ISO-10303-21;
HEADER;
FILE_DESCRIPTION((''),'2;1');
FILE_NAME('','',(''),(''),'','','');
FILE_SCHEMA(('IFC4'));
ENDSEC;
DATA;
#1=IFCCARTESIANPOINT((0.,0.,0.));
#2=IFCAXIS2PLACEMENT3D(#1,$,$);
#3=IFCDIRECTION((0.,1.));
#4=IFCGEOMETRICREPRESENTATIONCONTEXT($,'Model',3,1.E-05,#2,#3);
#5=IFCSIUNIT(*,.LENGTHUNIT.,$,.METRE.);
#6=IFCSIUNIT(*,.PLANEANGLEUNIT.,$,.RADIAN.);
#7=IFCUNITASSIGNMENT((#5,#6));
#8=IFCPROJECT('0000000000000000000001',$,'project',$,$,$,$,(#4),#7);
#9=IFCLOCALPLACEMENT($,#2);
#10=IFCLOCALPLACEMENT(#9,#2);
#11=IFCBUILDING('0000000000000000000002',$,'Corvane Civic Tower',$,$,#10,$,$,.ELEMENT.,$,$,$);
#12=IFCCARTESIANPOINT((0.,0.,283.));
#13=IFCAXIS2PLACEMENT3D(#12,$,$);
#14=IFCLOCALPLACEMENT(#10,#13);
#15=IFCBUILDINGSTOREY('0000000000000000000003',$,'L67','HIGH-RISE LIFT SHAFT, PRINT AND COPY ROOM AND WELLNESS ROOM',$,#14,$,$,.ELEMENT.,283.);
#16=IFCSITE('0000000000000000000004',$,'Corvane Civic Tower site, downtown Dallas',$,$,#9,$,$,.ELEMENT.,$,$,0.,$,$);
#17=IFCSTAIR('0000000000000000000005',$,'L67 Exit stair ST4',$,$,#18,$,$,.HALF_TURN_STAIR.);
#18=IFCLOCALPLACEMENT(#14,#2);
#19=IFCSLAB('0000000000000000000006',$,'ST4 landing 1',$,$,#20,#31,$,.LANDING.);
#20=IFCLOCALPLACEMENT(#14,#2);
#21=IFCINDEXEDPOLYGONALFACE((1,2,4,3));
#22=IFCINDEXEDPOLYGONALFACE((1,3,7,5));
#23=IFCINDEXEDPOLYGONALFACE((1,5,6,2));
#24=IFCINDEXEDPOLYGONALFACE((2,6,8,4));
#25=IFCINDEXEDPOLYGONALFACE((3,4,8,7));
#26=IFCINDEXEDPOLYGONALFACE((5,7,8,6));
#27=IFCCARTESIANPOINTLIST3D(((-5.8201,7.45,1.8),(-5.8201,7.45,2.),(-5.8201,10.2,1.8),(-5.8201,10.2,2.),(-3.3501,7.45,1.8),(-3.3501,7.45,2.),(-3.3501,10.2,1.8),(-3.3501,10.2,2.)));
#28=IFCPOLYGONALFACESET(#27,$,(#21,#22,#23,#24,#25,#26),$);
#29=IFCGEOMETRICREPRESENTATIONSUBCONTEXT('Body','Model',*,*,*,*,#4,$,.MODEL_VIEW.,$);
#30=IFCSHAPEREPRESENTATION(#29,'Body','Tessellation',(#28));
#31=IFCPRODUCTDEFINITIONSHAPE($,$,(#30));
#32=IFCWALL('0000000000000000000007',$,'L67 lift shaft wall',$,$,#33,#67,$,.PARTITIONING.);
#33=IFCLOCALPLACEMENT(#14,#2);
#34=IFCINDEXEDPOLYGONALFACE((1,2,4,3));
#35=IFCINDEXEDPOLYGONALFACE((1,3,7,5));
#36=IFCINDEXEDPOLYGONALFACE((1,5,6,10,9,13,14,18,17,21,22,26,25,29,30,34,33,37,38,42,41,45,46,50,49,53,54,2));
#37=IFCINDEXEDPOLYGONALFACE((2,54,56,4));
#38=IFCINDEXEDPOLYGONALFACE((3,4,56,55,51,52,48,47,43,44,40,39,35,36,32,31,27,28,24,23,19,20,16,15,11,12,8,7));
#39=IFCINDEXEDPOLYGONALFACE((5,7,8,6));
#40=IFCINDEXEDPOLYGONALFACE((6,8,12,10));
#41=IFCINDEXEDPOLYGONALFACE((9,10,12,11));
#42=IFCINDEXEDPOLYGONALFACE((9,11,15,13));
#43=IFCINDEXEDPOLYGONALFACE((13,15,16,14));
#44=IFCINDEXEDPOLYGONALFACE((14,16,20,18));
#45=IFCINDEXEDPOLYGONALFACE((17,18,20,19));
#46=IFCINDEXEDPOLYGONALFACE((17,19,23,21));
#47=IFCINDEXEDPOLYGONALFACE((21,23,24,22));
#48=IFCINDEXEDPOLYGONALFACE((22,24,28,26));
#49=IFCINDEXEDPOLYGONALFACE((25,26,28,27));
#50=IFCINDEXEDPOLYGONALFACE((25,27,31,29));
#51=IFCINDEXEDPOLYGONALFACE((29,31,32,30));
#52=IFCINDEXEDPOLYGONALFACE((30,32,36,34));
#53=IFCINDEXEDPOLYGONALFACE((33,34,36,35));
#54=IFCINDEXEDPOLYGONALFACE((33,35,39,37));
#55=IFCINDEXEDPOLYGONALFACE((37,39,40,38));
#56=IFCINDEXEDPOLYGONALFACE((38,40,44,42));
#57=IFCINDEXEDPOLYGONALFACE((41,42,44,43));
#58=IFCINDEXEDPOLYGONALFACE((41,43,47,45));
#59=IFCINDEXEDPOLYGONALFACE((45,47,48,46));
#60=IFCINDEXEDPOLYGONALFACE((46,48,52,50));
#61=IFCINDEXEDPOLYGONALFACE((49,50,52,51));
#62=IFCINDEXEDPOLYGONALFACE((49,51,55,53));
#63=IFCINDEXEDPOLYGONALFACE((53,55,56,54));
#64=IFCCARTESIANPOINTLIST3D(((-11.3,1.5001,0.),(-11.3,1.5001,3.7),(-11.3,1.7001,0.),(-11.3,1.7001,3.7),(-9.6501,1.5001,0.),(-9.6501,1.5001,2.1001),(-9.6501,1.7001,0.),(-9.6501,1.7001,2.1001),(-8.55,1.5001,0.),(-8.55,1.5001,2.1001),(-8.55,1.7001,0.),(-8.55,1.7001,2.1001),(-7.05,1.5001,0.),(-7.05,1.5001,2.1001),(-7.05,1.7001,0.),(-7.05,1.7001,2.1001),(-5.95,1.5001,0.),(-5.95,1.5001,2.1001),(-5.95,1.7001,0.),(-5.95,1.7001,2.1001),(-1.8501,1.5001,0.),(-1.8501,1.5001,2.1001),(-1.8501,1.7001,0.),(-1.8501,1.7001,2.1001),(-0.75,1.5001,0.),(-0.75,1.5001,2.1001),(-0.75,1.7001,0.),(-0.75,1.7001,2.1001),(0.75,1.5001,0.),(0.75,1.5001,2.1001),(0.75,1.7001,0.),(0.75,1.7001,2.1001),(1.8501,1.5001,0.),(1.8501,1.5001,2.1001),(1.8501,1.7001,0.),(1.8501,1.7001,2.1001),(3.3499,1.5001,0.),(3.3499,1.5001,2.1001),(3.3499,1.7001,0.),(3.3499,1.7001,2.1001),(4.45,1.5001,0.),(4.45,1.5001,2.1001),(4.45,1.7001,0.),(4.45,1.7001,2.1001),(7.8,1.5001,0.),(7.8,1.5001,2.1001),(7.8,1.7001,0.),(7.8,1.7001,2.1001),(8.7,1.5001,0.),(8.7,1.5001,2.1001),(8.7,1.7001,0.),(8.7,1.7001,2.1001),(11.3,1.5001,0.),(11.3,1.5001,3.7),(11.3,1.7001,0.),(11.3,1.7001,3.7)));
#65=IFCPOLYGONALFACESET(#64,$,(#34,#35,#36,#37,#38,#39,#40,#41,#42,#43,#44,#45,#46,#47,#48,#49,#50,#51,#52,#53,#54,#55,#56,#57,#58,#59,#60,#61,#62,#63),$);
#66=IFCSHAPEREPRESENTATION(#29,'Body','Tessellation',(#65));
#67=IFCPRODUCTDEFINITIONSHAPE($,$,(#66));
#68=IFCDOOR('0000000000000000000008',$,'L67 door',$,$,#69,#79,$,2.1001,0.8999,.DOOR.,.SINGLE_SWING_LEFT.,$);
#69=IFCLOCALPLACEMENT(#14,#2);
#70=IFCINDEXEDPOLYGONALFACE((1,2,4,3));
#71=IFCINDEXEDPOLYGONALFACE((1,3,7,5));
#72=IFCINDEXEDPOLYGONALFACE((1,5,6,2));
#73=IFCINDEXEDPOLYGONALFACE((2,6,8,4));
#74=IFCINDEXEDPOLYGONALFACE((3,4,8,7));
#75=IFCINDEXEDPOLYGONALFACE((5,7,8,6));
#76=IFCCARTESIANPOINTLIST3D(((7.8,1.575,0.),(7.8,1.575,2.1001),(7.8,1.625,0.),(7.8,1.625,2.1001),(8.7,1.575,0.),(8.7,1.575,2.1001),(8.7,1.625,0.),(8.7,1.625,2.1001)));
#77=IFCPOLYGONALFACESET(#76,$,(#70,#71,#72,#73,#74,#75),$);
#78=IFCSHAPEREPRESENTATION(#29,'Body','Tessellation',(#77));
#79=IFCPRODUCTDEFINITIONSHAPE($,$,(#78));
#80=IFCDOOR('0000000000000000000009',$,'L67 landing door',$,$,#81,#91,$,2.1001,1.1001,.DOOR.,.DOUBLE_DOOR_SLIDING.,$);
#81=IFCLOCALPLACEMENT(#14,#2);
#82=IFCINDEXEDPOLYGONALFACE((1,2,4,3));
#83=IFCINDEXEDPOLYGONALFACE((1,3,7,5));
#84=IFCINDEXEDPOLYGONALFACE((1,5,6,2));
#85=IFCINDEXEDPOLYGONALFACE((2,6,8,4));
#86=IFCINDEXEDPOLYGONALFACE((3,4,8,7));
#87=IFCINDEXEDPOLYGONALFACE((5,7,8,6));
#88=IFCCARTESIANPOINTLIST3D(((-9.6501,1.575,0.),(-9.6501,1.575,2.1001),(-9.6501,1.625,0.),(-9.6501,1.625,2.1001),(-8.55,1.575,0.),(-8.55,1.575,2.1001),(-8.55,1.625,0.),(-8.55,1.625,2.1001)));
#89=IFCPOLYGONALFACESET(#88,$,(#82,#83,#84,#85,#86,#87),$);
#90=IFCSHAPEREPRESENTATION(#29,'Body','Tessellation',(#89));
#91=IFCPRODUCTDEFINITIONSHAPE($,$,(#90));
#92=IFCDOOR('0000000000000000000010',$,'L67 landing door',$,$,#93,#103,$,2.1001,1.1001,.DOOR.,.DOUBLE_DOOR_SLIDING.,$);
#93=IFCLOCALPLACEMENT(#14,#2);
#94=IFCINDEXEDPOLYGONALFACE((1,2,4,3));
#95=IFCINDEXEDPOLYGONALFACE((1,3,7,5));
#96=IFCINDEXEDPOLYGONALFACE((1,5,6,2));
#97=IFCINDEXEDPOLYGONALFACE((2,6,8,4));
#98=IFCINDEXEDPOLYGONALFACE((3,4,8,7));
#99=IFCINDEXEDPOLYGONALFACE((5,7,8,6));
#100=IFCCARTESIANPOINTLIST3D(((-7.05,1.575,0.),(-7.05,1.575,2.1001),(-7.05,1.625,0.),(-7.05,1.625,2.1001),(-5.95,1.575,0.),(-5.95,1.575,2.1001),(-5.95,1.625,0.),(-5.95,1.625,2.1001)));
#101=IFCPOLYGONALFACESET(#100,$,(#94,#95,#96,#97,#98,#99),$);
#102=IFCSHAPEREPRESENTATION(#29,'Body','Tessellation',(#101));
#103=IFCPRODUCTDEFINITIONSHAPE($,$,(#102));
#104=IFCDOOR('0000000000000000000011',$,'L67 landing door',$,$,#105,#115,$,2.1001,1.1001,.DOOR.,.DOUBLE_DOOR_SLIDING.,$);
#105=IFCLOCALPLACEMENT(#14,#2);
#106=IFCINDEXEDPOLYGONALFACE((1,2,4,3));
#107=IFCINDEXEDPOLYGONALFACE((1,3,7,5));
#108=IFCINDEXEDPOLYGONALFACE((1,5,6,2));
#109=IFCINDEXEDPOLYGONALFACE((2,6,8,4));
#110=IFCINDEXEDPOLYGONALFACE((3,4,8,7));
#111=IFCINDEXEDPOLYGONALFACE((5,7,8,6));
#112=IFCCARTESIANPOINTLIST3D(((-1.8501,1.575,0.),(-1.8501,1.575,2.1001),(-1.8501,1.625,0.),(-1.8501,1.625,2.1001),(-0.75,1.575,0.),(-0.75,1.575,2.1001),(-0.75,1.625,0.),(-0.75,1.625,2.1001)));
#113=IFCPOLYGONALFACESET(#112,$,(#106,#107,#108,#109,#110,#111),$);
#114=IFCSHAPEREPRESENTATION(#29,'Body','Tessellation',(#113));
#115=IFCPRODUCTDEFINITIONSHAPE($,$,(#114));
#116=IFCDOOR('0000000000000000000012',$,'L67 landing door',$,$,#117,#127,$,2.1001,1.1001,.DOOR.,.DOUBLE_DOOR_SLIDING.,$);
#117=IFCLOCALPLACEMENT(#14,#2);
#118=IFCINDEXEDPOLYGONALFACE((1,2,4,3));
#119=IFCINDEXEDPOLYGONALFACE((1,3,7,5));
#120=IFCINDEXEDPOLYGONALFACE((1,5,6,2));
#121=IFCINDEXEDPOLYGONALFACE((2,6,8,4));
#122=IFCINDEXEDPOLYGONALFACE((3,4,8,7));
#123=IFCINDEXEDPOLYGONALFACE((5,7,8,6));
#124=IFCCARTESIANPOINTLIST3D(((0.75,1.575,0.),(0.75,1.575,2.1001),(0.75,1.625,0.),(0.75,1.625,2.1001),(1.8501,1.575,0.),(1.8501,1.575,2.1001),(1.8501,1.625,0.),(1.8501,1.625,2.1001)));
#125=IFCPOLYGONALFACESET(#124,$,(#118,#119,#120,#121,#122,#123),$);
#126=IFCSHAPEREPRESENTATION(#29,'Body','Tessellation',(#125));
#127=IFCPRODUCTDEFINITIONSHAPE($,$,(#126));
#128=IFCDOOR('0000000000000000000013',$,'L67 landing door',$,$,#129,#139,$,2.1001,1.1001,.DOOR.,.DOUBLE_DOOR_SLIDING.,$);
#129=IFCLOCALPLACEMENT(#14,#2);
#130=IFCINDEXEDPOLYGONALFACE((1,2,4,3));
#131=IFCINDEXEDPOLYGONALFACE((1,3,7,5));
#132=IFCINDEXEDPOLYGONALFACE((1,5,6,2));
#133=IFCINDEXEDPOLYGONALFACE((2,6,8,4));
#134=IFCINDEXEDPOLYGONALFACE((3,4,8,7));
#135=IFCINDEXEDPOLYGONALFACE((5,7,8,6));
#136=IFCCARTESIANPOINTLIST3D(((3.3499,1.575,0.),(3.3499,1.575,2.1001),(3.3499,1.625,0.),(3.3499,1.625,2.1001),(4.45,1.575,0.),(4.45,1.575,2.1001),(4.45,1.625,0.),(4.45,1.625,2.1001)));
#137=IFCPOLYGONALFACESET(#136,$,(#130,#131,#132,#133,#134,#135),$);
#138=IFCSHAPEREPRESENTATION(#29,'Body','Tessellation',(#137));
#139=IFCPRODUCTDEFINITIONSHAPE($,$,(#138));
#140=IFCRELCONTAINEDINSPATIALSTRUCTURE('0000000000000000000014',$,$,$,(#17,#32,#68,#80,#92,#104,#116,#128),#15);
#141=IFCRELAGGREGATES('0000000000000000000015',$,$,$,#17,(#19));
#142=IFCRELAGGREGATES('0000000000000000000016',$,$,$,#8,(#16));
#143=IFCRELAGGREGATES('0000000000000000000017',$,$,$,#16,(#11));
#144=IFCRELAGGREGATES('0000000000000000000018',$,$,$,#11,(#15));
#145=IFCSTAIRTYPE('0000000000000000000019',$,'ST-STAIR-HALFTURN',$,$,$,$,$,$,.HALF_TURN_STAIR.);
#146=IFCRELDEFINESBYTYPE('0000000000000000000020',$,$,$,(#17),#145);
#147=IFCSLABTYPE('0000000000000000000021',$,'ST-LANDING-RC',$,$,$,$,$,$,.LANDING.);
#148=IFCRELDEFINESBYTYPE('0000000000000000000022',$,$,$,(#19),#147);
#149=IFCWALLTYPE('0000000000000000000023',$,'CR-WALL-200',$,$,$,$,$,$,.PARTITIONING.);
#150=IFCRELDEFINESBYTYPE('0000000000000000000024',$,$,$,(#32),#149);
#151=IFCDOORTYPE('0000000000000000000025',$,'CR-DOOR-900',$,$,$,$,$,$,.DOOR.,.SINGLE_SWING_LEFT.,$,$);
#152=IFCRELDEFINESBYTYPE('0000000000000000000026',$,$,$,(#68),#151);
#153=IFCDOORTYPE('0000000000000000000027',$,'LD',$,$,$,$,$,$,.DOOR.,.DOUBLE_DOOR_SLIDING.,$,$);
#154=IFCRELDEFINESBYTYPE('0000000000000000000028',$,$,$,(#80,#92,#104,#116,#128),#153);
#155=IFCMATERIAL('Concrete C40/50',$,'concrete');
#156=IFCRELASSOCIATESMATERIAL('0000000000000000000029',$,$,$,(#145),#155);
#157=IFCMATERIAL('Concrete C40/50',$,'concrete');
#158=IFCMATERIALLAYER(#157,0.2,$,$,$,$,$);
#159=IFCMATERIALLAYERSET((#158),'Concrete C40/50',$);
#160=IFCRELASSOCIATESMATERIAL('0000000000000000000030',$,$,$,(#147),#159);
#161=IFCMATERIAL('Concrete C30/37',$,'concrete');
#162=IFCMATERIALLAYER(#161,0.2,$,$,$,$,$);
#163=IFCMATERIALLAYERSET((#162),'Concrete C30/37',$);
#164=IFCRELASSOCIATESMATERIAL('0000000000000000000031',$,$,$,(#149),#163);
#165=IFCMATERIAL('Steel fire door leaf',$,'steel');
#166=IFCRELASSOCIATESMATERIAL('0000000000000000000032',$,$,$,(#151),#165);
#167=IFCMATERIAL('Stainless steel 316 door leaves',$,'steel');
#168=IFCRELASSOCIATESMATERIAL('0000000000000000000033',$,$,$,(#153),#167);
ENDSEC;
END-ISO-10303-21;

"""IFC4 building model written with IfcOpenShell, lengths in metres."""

from ifc_helpers import new_model, si_unit, direction, frame, frame_2d, origin, place, context, subcontext, project, spatial, polyline, rectangle, outline, extrude, material, layer, layer_set, type_object, element, fill, aggregate, save


model = new_model("IFC4")

# Units and contexts
model_context = context("Model", 3, precision=1e-05, world=origin(), true_north=direction((0.0, 1.0)))
body_context = subcontext(model_context, "Body", "Model", "MODEL_VIEW")
ifc_project = project(units=[si_unit("LENGTHUNIT", "METRE"), si_unit("PLANEANGLEUNIT", "RADIAN")], contexts=[model_context])

# Site, building, storey
site_placement = place(None, origin())
site = spatial("IfcSite", under=ifc_project, at=site_placement, Name="Corvane Civic Tower site, downtown Dallas", CompositionType="ELEMENT", RefElevation=0.0)
building_placement = place(site_placement, origin())
building = spatial("IfcBuilding", under=site, at=building_placement, Name="Corvane Civic Tower", CompositionType="ELEMENT")
storey_placement = place(building_placement, frame((0.0, 0.0, 283.0)))
storey = spatial("IfcBuildingStorey", under=building, at=storey_placement, Name="L67", Description="HIGH-RISE LIFT SHAFT, PRINT AND COPY ROOM AND WELLNESS ROOM", CompositionType="ELEMENT", Elevation=283.0)

# Stair, slab
ifc_material_1 = material(Name="Concrete C40/50", Category="concrete")
stair_type = type_object("IfcStairType", Name="ST-STAIR-HALFTURN", PredefinedType="HALF_TURN_STAIR", material=ifc_material_1)
ifc_material_2 = material(Name="Concrete C40/50", Category="concrete")
ifc_layer_1 = layer(ifc_material_2, 0.2)
ifc_layer_set_1 = layer_set([ifc_layer_1], Name="Concrete C40/50")
slab_type_1 = type_object("IfcSlabType", Name="ST-LANDING-RC", PredefinedType="LANDING", material=ifc_layer_set_1)
stair_1_placement = place(storey_placement, origin())
stair_1 = element("IfcStair", 1, at=stair_1_placement, inside=storey, type_object=stair_type, Name="L67 Exit stair ST4", PredefinedType="HALF_TURN_STAIR")
slab_1_placement = place(storey_placement, frame((0.0, 0.0, 1.8)))
slab_1 = element("IfcSlab", 2, at=slab_1_placement, type_object=slab_type_1, Name="ST4 landing 1", PredefinedType="LANDING", context=body_context, shape_type="SweptSolid", body=[
    extrude(outline(polyline([(-5.8201, 7.45), (-3.3501, 7.45), (-3.3501, 10.2), (-5.8201, 10.2), (-5.8201, 7.45)])), origin(), (0.0, 0.0, 1.0), 0.2),
])

# Wall, openings, doors
ifc_material_3 = material(Name="Concrete C30/37", Category="concrete")
ifc_layer_2 = layer(ifc_material_3, 0.2)
ifc_layer_set_2 = layer_set([ifc_layer_2], Name="Concrete C30/37")
wall_type_1 = type_object("IfcWallType", Name="CR-WALL-200", PredefinedType="PARTITIONING", material=ifc_layer_set_2)
wall_1_placement = place(storey_placement, frame((-11.3, 1.6001, 0.0), z_axis=(0.0, 0.0, 1.0), x_axis=(1.0, 0.0, 0.0)))
wall_1 = element("IfcWall", 3, at=wall_1_placement, inside=storey, type_object=wall_type_1, Name="L67 lift shaft wall", PredefinedType="PARTITIONING", context=body_context, shape_type="SweptSolid", body=[
    extrude(rectangle(XDim=22.6001, YDim=0.2, at=frame_2d((11.3, 0.0))), origin(), (0.0, 0.0, 1.0), 3.7),
])
opening_1_placement = place(wall_1_placement, frame((1.6499, 0.0, 0.0)))
opening_1 = element("IfcOpeningElement", 4, at=opening_1_placement, cuts=wall_1, PredefinedType="OPENING", context=body_context, shape_type="SweptSolid", body=[
    extrude(rectangle(XDim=1.1001, YDim=2.1001, at=frame_2d((0.55, 1.05))), frame((0.0, 0.1099, 0.0), z_axis=(0.0, -1.0, 0.0), x_axis=(1.0, 0.0, 0.0)), (0.0, 0.0, 1.0), 0.22),
])
opening_2_placement = place(wall_1_placement, frame((4.25, 0.0, 0.0)))
opening_2 = element("IfcOpeningElement", 5, at=opening_2_placement, cuts=wall_1, PredefinedType="OPENING", context=body_context, shape_type="SweptSolid", body=[
    extrude(rectangle(XDim=1.1001, YDim=2.1001, at=frame_2d((0.55, 1.05))), frame((0.0, 0.1099, 0.0), z_axis=(0.0, -1.0, 0.0), x_axis=(1.0, 0.0, 0.0)), (0.0, 0.0, 1.0), 0.22),
])
opening_3_placement = place(wall_1_placement, frame((9.45, 0.0, 0.0)))
opening_3 = element("IfcOpeningElement", 6, at=opening_3_placement, cuts=wall_1, PredefinedType="OPENING", context=body_context, shape_type="SweptSolid", body=[
    extrude(rectangle(XDim=1.1001, YDim=2.1001, at=frame_2d((0.55, 1.05))), frame((0.0, 0.1099, 0.0), z_axis=(0.0, -1.0, 0.0), x_axis=(1.0, 0.0, 0.0)), (0.0, 0.0, 1.0), 0.22),
])
opening_4_placement = place(wall_1_placement, frame((12.05, 0.0, 0.0)))
opening_4 = element("IfcOpeningElement", 7, at=opening_4_placement, cuts=wall_1, PredefinedType="OPENING", context=body_context, shape_type="SweptSolid", body=[
    extrude(rectangle(XDim=1.1001, YDim=2.1001, at=frame_2d((0.55, 1.05))), frame((0.0, 0.1099, 0.0), z_axis=(0.0, -1.0, 0.0), x_axis=(1.0, 0.0, 0.0)), (0.0, 0.0, 1.0), 0.22),
])
opening_5_placement = place(wall_1_placement, frame((14.6499, 0.0, 0.0)))
opening_5 = element("IfcOpeningElement", 8, at=opening_5_placement, cuts=wall_1, PredefinedType="OPENING", context=body_context, shape_type="SweptSolid", body=[
    extrude(rectangle(XDim=1.1001, YDim=2.1001, at=frame_2d((0.55, 1.05))), frame((0.0, 0.1099, 0.0), z_axis=(0.0, -1.0, 0.0), x_axis=(1.0, 0.0, 0.0)), (0.0, 0.0, 1.0), 0.22),
])
opening_6_placement = place(wall_1_placement, frame((19.1001, 0.0, 0.0)))
opening_6 = element("IfcOpeningElement", 9, at=opening_6_placement, cuts=wall_1, PredefinedType="OPENING", context=body_context, shape_type="SweptSolid", body=[
    extrude(rectangle(XDim=0.8999, YDim=2.1001, at=frame_2d((0.45, 1.05))), frame((0.0, 0.1099, 0.0), z_axis=(0.0, -1.0, 0.0), x_axis=(1.0, 0.0, 0.0)), (0.0, 0.0, 1.0), 0.22),
])
ifc_material_4 = material(Name="Steel fire door leaf", Category="steel")
door_type_1 = type_object("IfcDoorType", Name="CR-DOOR-900", OperationType="SINGLE_SWING_LEFT", PredefinedType="DOOR", material=ifc_material_4)
door_1_placement = place(opening_6_placement, origin())
door_1 = element("IfcDoor", 10, at=door_1_placement, inside=storey, type_object=door_type_1, Name="L67 door", OperationType="SINGLE_SWING_LEFT", OverallHeight=2.1001, OverallWidth=0.8999, PredefinedType="DOOR", context=body_context, shape_type="SweptSolid", body=[
    extrude(rectangle(XDim=0.8999, YDim=2.1001, at=frame_2d((0.45, 1.05))), frame((0.0, 0.0249, 0.0), z_axis=(0.0, -1.0, 0.0), x_axis=(1.0, 0.0, 0.0)), (0.0, 0.0, 1.0), 0.05),
])
fill(opening_6, door_1)
ifc_material_5 = material(Name="Stainless steel 316 door leaves", Category="steel")
door_type_2 = type_object("IfcDoorType", Name="LD", OperationType="DOUBLE_DOOR_SLIDING", PredefinedType="DOOR", material=ifc_material_5)
door_2_placement = place(opening_1_placement, origin())
door_2 = element("IfcDoor", 11, at=door_2_placement, inside=storey, type_object=door_type_2, Name="L67 landing door", OperationType="DOUBLE_DOOR_SLIDING", OverallHeight=2.1001, OverallWidth=1.1001, PredefinedType="DOOR", context=body_context, shape_type="SweptSolid", body=[
    extrude(rectangle(XDim=1.1001, YDim=2.1001, at=frame_2d((0.55, 1.05))), frame((0.0, 0.0249, 0.0), z_axis=(0.0, -1.0, 0.0), x_axis=(1.0, 0.0, 0.0)), (0.0, 0.0, 1.0), 0.05),
])
fill(opening_1, door_2)
door_3_placement = place(opening_2_placement, origin())
door_3 = element("IfcDoor", 12, at=door_3_placement, inside=storey, type_object=door_type_2, Name="L67 landing door", OperationType="DOUBLE_DOOR_SLIDING", OverallHeight=2.1001, OverallWidth=1.1001, PredefinedType="DOOR", context=body_context, shape_type="SweptSolid", body=[
    extrude(rectangle(XDim=1.1001, YDim=2.1001, at=frame_2d((0.55, 1.05))), frame((0.0, 0.0249, 0.0), z_axis=(0.0, -1.0, 0.0), x_axis=(1.0, 0.0, 0.0)), (0.0, 0.0, 1.0), 0.05),
])
fill(opening_2, door_3)
door_4_placement = place(opening_3_placement, origin())
door_4 = element("IfcDoor", 13, at=door_4_placement, inside=storey, type_object=door_type_2, Name="L67 landing door", OperationType="DOUBLE_DOOR_SLIDING", OverallHeight=2.1001, OverallWidth=1.1001, PredefinedType="DOOR", context=body_context, shape_type="SweptSolid", body=[
    extrude(rectangle(XDim=1.1001, YDim=2.1001, at=frame_2d((0.55, 1.05))), frame((0.0, 0.0249, 0.0), z_axis=(0.0, -1.0, 0.0), x_axis=(1.0, 0.0, 0.0)), (0.0, 0.0, 1.0), 0.05),
])
fill(opening_3, door_4)
door_5_placement = place(opening_4_placement, origin())
door_5 = element("IfcDoor", 14, at=door_5_placement, inside=storey, type_object=door_type_2, Name="L67 landing door", OperationType="DOUBLE_DOOR_SLIDING", OverallHeight=2.1001, OverallWidth=1.1001, PredefinedType="DOOR", context=body_context, shape_type="SweptSolid", body=[
    extrude(rectangle(XDim=1.1001, YDim=2.1001, at=frame_2d((0.55, 1.05))), frame((0.0, 0.0249, 0.0), z_axis=(0.0, -1.0, 0.0), x_axis=(1.0, 0.0, 0.0)), (0.0, 0.0, 1.0), 0.05),
])
fill(opening_4, door_5)
door_6_placement = place(opening_5_placement, origin())
door_6 = element("IfcDoor", 15, at=door_6_placement, inside=storey, type_object=door_type_2, Name="L67 landing door", OperationType="DOUBLE_DOOR_SLIDING", OverallHeight=2.1001, OverallWidth=1.1001, PredefinedType="DOOR", context=body_context, shape_type="SweptSolid", body=[
    extrude(rectangle(XDim=1.1001, YDim=2.1001, at=frame_2d((0.55, 1.05))), frame((0.0, 0.0249, 0.0), z_axis=(0.0, -1.0, 0.0), x_axis=(1.0, 0.0, 0.0)), (0.0, 0.0, 1.0), 0.05),
])
fill(opening_5, door_6)

aggregate(stair_1, [slab_1])

save(model, "model.ifc")
